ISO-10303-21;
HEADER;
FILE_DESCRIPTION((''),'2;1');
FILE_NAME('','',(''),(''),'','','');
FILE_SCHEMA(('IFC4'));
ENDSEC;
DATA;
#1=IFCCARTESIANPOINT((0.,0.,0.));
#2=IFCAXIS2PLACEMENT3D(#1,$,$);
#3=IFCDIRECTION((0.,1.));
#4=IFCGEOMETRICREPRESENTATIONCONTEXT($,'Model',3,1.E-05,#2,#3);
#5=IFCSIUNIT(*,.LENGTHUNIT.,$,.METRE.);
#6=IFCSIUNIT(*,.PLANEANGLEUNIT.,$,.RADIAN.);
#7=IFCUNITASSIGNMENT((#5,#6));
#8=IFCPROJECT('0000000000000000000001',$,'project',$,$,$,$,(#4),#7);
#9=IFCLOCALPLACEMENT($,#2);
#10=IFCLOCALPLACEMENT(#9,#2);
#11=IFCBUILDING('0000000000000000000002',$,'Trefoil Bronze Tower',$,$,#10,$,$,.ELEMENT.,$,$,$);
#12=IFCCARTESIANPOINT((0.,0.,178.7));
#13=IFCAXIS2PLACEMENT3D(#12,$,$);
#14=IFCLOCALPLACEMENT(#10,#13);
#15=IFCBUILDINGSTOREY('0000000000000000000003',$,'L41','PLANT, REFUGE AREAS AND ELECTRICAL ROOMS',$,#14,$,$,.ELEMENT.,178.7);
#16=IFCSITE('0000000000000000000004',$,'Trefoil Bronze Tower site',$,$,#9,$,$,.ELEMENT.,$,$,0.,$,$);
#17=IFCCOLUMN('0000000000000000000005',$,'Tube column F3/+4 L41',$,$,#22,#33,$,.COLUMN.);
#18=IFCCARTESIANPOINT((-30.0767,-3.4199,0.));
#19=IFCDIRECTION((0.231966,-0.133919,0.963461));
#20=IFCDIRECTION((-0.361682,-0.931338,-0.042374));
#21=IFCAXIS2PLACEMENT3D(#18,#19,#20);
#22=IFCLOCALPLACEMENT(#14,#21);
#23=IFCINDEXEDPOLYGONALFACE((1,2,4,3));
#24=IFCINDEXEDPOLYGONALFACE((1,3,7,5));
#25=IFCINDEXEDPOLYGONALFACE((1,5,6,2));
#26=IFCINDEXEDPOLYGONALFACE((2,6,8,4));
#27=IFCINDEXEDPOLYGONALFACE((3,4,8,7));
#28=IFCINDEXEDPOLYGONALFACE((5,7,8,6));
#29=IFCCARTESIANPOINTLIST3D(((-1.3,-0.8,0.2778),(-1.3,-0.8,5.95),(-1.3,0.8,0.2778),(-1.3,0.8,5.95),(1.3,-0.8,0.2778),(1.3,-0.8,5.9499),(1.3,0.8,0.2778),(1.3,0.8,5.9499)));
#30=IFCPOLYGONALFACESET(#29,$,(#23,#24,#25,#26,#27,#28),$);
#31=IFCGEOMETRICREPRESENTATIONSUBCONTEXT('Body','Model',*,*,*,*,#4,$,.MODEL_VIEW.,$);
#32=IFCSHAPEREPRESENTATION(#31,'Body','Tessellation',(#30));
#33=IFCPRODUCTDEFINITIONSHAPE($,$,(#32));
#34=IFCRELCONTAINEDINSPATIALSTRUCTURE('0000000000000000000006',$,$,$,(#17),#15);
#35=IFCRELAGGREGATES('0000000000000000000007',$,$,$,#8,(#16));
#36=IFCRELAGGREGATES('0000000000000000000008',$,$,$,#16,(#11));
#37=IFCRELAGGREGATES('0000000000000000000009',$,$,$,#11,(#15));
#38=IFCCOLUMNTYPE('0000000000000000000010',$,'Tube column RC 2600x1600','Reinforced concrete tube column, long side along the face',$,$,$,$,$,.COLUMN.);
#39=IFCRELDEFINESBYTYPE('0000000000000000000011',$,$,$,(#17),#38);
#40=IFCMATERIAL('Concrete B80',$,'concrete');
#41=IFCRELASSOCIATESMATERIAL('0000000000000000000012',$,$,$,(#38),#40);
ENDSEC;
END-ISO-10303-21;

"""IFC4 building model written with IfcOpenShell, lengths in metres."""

from ifc_helpers import new_model, si_unit, direction, frame, origin, origin_2d, place, context, subcontext, project, spatial, rectangle, extrude, clip, halfspace, material, material_profile, profile_set, type_object, element, save


model = new_model("IFC4")

# Units and contexts
model_context = context("Model", 3, precision=1e-05, world=origin(), true_north=direction((0.0, 1.0)))
body_context = subcontext(model_context, "Body", "Model", "MODEL_VIEW")
ifc_project = project(units=[si_unit("LENGTHUNIT", "METRE"), si_unit("PLANEANGLEUNIT", "RADIAN")], contexts=[model_context])

# Site, building, storey
site_placement = place(None, origin())
site = spatial("IfcSite", under=ifc_project, at=site_placement, Name="Trefoil Bronze Tower site", CompositionType="ELEMENT", RefElevation=0.0)
building_placement = place(site_placement, origin())
building = spatial("IfcBuilding", under=site, at=building_placement, Name="Trefoil Bronze Tower", CompositionType="ELEMENT")
storey_placement = place(building_placement, frame((0.0, 0.0, 178.7)))
storey = spatial("IfcBuildingStorey", under=building, at=storey_placement, Name="L41", Description="PLANT, REFUGE AREAS AND ELECTRICAL ROOMS", CompositionType="ELEMENT", Elevation=178.7)

# Column
ifc_material_1 = material(Name="Concrete B80", Category="concrete")
ifc_material_profile_1 = material_profile(ifc_material_1, rectangle(XDim=2.6001, YDim=1.6001, at=origin_2d()), Name="RC 2600x1600")
ifc_profile_set_1 = profile_set([ifc_material_profile_1], Name="Concrete B80")
column_type = type_object("IfcColumnType", Name="Tube column RC 2600x1600", Description="Reinforced concrete tube column, long side along the face", PredefinedType="COLUMN", material=ifc_profile_set_1)
column_placement = place(storey_placement, frame((-30.0767, -3.4199, 0.0), z_axis=(0.231966, -0.133919, 0.963461), x_axis=(-0.361682, -0.931338, -0.042374)))
element("IfcColumn", 1, at=column_placement, inside=storey, type_object=column_type, Name="Tube column F3/+4 L41", PredefinedType="COLUMN", context=body_context, shape_type="Clipping", body=[
    clip(clip(extrude(rectangle(XDim=2.6001, YDim=1.6001, at=origin_2d()), origin(), (0.0, 0.0, 1.0), 6.2275), halfspace(frame((0.0, 0.0, 0.2778), z_axis=(0.000007, 0.000004, 1.0), x_axis=(0.0, 1.0, -0.000004)), True)), halfspace(frame((0.0, 0.0, 5.95), z_axis=(-0.000007, -0.000004, -1.0), x_axis=(0.0, -1.0, 0.000004)), True)),
])

save(model, "model.ifc")
